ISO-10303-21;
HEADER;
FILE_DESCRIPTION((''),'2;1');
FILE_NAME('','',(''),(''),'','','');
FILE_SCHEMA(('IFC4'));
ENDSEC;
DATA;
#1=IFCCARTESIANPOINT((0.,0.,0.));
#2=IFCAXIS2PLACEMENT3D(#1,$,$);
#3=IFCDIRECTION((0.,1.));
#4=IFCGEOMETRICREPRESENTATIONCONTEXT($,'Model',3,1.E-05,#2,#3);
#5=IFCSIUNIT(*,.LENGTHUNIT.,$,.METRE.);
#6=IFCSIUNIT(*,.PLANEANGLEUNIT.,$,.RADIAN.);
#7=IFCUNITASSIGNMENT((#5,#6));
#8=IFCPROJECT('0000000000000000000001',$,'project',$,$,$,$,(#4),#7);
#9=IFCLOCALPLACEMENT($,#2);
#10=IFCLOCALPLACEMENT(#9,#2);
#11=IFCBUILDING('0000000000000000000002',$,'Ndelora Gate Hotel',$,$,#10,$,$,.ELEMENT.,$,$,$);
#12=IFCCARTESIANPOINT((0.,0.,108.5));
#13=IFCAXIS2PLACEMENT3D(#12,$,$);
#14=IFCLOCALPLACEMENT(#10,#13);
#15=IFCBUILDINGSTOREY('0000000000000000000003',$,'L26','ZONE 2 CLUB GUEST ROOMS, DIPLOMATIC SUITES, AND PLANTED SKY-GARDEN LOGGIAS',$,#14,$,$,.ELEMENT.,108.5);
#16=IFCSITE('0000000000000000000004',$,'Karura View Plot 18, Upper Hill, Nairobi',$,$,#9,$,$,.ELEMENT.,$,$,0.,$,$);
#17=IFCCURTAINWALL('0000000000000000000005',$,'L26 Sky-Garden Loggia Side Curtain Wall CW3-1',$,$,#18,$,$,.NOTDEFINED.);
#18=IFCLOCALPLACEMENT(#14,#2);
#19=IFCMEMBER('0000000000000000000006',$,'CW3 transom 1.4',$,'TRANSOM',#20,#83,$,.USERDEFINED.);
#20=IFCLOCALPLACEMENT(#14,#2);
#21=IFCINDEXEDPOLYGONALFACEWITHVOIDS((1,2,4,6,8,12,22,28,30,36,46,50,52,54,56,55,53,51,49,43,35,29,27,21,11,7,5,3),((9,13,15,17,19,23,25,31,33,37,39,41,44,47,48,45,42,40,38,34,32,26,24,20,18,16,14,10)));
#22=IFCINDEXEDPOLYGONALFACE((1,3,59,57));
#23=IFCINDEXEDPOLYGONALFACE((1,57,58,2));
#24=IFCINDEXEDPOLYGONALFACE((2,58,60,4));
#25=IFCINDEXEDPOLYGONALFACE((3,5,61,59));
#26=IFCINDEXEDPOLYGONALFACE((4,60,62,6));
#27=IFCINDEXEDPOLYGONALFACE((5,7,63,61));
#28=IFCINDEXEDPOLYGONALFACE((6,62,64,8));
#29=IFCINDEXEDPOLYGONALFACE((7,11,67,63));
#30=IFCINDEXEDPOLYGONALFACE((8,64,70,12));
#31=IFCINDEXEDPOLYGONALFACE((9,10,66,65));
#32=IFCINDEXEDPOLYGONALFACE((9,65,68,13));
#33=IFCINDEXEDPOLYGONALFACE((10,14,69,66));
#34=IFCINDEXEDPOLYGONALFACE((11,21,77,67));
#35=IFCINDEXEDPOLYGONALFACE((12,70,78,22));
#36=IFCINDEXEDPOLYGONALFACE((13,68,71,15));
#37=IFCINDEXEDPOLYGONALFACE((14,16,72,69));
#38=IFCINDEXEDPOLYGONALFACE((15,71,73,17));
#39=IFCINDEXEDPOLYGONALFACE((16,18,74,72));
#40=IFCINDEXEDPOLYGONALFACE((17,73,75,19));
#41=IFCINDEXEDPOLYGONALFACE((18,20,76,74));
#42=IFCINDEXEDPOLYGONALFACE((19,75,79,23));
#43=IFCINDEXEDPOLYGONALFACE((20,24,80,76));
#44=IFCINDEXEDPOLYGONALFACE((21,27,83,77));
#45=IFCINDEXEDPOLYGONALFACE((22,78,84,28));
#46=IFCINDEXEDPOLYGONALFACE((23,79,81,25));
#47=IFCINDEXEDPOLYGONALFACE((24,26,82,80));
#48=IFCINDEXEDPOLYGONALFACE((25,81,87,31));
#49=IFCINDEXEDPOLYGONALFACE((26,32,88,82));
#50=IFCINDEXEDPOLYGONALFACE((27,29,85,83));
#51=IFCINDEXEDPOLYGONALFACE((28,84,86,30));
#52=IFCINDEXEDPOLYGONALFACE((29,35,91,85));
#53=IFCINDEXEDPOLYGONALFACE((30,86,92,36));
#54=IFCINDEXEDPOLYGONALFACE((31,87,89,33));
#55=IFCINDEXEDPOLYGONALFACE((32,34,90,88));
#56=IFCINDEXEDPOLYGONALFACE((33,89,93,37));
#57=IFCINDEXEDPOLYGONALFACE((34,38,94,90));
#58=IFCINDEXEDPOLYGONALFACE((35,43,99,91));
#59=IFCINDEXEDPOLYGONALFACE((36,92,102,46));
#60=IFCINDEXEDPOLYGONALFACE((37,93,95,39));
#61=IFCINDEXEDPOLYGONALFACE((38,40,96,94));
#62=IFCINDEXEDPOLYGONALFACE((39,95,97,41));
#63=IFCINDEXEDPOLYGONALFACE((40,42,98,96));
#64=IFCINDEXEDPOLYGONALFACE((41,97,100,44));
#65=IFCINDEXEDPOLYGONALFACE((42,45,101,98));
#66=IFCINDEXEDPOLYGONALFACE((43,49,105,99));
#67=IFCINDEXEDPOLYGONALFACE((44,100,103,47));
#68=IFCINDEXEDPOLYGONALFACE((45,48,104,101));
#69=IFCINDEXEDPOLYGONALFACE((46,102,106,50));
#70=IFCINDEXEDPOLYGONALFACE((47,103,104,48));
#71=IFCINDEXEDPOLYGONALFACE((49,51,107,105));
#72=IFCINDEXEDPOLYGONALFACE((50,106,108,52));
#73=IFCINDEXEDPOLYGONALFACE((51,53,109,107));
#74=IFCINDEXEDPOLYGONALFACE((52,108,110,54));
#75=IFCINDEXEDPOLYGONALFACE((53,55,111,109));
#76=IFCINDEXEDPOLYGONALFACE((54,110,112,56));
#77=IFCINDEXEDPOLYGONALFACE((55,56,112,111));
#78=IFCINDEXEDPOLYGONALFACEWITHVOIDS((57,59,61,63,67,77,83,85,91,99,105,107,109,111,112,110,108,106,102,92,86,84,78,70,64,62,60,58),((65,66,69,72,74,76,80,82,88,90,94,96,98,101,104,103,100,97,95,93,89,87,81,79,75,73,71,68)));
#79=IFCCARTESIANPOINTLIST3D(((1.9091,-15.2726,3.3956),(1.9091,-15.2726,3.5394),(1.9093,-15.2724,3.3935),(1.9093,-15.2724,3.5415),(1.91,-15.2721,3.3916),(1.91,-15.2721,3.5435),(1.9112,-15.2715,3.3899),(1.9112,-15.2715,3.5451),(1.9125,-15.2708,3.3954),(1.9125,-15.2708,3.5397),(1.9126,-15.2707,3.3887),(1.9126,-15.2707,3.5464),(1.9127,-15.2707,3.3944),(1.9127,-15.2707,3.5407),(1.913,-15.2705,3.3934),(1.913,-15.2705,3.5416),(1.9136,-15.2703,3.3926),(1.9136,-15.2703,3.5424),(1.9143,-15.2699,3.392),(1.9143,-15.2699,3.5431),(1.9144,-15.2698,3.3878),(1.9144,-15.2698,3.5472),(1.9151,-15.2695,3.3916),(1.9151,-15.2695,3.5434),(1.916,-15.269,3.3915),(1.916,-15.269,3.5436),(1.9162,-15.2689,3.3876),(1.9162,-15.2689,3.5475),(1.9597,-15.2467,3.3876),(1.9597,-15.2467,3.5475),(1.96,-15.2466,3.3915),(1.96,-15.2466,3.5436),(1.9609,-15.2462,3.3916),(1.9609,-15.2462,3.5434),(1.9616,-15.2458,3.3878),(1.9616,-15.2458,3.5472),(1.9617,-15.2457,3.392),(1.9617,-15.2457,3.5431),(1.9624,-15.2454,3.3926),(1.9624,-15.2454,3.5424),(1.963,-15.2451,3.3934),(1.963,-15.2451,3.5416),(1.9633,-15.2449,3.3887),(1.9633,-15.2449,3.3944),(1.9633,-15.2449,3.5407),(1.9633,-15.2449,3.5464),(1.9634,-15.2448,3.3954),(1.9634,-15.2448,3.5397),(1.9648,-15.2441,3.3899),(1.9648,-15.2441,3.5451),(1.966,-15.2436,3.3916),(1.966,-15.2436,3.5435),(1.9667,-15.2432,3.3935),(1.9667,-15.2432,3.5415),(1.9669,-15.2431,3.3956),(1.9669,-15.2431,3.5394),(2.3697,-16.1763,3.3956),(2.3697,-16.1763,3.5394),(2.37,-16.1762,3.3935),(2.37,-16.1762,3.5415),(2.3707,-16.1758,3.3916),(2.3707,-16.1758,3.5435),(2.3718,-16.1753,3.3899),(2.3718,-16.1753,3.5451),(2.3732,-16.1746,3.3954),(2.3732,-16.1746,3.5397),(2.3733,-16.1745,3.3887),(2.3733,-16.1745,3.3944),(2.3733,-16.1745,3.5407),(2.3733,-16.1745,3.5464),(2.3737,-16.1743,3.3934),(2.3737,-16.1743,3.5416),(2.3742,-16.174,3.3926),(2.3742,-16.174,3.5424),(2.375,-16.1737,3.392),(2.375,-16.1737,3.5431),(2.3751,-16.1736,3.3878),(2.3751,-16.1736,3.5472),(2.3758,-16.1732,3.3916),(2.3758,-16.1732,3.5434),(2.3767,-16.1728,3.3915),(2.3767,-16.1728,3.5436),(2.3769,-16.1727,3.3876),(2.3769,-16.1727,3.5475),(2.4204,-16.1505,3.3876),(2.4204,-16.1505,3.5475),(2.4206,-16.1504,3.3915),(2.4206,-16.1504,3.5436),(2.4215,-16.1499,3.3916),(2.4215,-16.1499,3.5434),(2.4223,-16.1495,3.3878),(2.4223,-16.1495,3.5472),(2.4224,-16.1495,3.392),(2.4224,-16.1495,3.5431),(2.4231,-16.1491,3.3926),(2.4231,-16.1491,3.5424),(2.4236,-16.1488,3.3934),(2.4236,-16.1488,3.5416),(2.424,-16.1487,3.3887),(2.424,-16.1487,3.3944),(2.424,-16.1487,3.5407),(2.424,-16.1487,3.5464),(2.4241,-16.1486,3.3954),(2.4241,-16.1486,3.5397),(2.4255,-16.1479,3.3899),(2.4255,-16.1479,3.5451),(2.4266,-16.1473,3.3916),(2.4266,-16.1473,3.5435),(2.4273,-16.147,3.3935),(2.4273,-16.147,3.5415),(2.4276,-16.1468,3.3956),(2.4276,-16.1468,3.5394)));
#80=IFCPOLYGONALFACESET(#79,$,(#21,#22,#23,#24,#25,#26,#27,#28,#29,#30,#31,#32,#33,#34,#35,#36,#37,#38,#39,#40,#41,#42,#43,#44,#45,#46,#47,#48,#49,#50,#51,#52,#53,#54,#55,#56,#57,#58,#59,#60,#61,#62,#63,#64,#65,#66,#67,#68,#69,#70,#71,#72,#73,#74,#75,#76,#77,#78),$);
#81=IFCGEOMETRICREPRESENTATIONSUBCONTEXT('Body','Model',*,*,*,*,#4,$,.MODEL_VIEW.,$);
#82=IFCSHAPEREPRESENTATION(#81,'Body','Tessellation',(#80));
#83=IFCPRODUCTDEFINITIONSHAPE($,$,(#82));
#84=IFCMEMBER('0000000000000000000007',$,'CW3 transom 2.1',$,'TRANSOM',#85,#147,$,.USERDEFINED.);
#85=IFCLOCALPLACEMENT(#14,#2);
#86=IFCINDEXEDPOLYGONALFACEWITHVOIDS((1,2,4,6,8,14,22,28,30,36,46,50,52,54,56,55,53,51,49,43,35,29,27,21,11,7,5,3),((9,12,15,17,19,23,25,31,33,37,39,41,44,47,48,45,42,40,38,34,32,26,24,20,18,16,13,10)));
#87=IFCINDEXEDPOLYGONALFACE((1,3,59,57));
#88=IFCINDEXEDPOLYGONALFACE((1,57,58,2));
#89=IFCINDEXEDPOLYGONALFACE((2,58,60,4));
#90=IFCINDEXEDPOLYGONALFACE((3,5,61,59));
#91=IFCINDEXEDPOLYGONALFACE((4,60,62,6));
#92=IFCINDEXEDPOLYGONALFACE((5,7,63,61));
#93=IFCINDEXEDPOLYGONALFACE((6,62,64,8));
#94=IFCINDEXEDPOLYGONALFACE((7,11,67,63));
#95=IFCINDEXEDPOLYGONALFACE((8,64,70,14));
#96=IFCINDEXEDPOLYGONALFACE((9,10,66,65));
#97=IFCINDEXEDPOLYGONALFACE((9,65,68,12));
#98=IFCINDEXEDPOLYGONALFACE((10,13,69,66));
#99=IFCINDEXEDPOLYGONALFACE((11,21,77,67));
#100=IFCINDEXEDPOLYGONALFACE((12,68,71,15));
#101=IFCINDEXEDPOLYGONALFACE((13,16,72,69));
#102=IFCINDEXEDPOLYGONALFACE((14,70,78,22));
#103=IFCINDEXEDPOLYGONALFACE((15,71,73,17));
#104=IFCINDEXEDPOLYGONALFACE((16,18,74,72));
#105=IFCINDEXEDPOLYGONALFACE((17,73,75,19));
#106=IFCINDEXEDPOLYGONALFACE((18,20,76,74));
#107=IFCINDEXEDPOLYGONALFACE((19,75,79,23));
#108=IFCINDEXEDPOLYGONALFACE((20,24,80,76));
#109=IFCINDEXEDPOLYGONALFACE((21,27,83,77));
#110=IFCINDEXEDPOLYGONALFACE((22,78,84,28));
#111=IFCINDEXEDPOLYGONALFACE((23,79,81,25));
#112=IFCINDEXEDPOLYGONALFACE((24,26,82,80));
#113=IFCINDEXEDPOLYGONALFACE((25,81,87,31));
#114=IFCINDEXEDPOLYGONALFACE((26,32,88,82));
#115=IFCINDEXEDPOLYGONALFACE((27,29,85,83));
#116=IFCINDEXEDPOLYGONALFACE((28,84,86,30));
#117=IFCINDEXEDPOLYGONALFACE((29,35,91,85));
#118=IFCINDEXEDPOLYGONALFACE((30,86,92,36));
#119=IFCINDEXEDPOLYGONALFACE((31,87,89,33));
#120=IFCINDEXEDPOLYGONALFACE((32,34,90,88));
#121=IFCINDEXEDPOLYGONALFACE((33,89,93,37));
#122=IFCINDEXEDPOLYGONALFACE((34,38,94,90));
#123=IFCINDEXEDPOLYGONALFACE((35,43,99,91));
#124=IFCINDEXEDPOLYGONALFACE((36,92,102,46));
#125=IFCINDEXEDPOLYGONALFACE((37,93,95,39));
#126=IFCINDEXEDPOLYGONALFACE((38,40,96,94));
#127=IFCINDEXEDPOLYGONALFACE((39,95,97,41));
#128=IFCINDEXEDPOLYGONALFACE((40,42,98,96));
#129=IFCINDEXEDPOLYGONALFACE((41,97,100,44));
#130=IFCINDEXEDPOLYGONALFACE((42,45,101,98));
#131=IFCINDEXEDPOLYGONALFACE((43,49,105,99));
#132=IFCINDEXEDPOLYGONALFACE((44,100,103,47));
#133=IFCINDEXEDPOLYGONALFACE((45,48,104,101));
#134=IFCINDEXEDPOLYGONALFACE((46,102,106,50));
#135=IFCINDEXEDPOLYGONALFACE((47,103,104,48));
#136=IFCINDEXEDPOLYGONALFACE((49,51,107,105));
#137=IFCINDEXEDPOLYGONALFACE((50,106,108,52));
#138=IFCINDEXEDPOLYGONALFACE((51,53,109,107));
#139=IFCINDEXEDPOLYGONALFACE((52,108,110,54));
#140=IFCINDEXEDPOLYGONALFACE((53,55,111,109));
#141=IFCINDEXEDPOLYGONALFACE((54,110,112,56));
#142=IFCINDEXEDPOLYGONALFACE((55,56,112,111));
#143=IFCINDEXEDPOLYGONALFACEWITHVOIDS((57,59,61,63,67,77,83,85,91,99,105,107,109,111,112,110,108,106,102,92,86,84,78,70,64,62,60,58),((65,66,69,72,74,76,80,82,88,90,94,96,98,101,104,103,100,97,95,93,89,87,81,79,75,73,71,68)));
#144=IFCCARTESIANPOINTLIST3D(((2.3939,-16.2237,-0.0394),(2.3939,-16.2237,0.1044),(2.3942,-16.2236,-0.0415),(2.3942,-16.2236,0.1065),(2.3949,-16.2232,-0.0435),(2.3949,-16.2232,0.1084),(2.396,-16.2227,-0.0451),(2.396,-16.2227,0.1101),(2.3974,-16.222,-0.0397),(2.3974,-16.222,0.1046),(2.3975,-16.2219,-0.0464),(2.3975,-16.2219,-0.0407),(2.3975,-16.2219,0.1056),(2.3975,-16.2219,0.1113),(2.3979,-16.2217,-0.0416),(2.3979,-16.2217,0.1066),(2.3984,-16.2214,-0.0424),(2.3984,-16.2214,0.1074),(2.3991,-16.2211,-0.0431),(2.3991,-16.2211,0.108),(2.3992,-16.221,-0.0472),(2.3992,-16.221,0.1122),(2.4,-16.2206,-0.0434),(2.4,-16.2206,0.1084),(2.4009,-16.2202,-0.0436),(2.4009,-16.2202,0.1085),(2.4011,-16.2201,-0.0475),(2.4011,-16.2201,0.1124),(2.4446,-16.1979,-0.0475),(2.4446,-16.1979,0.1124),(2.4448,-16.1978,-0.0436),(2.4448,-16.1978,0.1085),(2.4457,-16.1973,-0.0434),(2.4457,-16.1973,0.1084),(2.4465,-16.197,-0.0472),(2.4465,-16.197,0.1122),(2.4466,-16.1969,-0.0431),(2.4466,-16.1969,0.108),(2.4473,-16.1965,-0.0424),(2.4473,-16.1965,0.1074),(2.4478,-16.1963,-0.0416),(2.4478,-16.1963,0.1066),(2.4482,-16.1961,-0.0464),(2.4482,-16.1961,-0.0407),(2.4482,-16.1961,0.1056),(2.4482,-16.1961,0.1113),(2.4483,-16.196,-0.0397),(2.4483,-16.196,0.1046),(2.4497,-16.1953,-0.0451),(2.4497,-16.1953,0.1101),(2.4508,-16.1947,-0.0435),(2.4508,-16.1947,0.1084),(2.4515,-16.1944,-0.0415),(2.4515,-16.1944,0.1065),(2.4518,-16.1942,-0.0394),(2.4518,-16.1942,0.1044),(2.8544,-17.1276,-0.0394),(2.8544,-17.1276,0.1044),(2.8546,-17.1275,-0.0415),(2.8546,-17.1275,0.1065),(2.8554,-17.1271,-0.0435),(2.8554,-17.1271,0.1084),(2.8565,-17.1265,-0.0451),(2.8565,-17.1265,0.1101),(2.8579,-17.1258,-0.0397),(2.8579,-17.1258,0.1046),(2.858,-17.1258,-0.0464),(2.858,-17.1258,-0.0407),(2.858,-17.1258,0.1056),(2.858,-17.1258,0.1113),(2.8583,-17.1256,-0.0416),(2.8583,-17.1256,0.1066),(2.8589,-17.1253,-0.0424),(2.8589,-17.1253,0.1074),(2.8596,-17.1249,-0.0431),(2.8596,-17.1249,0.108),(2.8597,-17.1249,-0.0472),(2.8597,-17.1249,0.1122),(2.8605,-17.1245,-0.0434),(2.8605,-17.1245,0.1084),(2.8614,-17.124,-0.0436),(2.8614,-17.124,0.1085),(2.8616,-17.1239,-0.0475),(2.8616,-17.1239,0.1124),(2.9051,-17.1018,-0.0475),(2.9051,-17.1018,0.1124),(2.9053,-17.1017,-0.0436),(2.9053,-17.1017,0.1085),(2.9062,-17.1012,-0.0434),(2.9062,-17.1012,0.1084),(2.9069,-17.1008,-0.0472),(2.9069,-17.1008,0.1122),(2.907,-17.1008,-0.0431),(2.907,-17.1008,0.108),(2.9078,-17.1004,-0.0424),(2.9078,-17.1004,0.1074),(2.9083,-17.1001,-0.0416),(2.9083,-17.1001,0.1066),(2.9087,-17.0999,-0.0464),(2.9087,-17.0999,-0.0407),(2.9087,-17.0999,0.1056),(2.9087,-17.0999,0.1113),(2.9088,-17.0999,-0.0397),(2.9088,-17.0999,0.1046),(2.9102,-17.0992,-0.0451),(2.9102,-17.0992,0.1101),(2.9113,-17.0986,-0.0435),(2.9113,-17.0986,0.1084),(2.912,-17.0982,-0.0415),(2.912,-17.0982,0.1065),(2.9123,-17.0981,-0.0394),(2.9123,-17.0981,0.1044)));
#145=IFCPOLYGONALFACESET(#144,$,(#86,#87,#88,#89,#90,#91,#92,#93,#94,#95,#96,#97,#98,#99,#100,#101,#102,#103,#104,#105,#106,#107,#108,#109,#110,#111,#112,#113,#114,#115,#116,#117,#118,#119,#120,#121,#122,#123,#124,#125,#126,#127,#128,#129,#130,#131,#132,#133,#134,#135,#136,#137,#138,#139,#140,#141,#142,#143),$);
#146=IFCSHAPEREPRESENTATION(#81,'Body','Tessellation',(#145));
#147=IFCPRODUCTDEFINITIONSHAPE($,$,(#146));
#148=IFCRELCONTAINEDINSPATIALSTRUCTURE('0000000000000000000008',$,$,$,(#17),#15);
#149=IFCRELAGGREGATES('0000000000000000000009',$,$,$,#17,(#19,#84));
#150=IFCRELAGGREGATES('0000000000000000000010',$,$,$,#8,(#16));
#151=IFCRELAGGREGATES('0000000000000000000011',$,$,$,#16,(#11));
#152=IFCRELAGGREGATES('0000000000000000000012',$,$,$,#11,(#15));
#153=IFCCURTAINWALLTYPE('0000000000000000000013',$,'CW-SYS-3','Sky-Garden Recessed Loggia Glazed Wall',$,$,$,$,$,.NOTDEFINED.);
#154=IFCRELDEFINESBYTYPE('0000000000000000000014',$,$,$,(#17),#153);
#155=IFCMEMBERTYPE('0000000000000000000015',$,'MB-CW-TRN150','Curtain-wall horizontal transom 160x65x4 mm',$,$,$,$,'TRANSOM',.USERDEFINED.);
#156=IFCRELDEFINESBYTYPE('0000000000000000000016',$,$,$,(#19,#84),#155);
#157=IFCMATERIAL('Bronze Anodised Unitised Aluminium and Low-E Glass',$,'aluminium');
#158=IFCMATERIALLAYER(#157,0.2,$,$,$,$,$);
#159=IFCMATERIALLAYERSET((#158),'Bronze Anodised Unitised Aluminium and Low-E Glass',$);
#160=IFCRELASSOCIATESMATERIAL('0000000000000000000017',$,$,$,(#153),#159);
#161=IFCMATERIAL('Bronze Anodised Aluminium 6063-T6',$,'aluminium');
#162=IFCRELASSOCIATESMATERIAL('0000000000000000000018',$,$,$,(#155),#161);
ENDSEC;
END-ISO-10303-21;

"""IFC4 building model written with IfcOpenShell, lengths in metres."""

from ifc_helpers import new_model, si_unit, direction, frame, origin, origin_2d, place, context, subcontext, project, spatial, hollow_rectangle, extrude, material, layer, layer_set, material_profile, profile_set, type_object, element, aggregate, save


model = new_model("IFC4")

# Units and contexts
model_context = context("Model", 3, precision=1e-05, world=origin(), true_north=direction((0.0, 1.0)))
body_context = subcontext(model_context, "Body", "Model", "MODEL_VIEW")
ifc_project = project(units=[si_unit("LENGTHUNIT", "METRE"), si_unit("PLANEANGLEUNIT", "RADIAN")], contexts=[model_context])

# Site, building, storey
site_placement = place(None, origin())
site = spatial("IfcSite", under=ifc_project, at=site_placement, Name="Karura View Plot 18, Upper Hill, Nairobi", CompositionType="ELEMENT", RefElevation=0.0)
building_placement = place(site_placement, origin())
building = spatial("IfcBuilding", under=site, at=building_placement, Name="Ndelora Gate Hotel", CompositionType="ELEMENT")
storey_placement = place(building_placement, frame((0.0, 0.0, 108.5)))
storey = spatial("IfcBuildingStorey", under=building, at=storey_placement, Name="L26", Description="ZONE 2 CLUB GUEST ROOMS, DIPLOMATIC SUITES, AND PLANTED SKY-GARDEN LOGGIAS", CompositionType="ELEMENT", Elevation=108.5)

# Curtain wall, members
ifc_material_1 = material(Name="Bronze Anodised Unitised Aluminium and Low-E Glass", Category="aluminium")
ifc_layer_1 = layer(ifc_material_1, 0.2)
ifc_layer_set_1 = layer_set([ifc_layer_1], Name="Bronze Anodised Unitised Aluminium and Low-E Glass")
curtain_wall_type = type_object("IfcCurtainWallType", Name="CW-SYS-3", Description="Sky-Garden Recessed Loggia Glazed Wall", PredefinedType="NOTDEFINED", material=ifc_layer_set_1)
curtain_wall_placement = place(storey_placement, origin())
curtain_wall = element("IfcCurtainWall", 1, at=curtain_wall_placement, inside=storey, type_object=curtain_wall_type, Name="L26 Sky-Garden Loggia Side Curtain Wall CW3-1", PredefinedType="NOTDEFINED")
ifc_material_2 = material(Name="Bronze Anodised Aluminium 6063-T6", Category="aluminium")
ifc_material_profile_1 = material_profile(ifc_material_2, hollow_rectangle(XDim=0.0649, YDim=0.1599, WallThickness=0.0039, InnerFilletRadius=0.0039, OuterFilletRadius=0.0081, at=origin_2d()), Name="ALU 160x65x4")
ifc_profile_set_1 = profile_set([ifc_material_profile_1], Name="Bronze Anodised Aluminium 6063-T6")
member_type_1 = type_object("IfcMemberType", Name="MB-CW-TRN150", Description="Curtain-wall horizontal transom 160x65x4 mm", ElementType="TRANSOM", PredefinedType="USERDEFINED", material=ifc_profile_set_1)
member_1_placement = place(storey_placement, frame((1.938, -15.2578, 3.4675), z_axis=(0.454131, -0.890935, 0.0), x_axis=(0.890935, 0.454131, 0.0)))
member_1 = element("IfcMember", 2, at=member_1_placement, type_object=member_type_1, Name="CW3 transom 1.4", ObjectType="TRANSOM", PredefinedType="USERDEFINED", context=body_context, shape_type="SweptSolid", body=[
    extrude(hollow_rectangle(XDim=0.0649, YDim=0.1599, WallThickness=0.0039, InnerFilletRadius=0.0039, OuterFilletRadius=0.0081, at=origin_2d()), origin(), (0.0, 0.0, 1.0), 1.0144),
])
member_2_placement = place(storey_placement, frame((2.4229, -16.209, 0.0325), z_axis=(0.45394, -0.891032, 0.0), x_axis=(0.891032, 0.45394, 0.0)))
member_2 = element("IfcMember", 3, at=member_2_placement, type_object=member_type_1, Name="CW3 transom 2.1", ObjectType="TRANSOM", PredefinedType="USERDEFINED", context=body_context, shape_type="SweptSolid", body=[
    extrude(hollow_rectangle(XDim=0.0649, YDim=0.1599, WallThickness=0.0039, InnerFilletRadius=0.0039, OuterFilletRadius=0.0081, at=origin_2d()), origin(), (0.0, 0.0, 1.0), 1.0144),
])
aggregate(curtain_wall, [member_1, member_2])

save(model, "model.ifc")
